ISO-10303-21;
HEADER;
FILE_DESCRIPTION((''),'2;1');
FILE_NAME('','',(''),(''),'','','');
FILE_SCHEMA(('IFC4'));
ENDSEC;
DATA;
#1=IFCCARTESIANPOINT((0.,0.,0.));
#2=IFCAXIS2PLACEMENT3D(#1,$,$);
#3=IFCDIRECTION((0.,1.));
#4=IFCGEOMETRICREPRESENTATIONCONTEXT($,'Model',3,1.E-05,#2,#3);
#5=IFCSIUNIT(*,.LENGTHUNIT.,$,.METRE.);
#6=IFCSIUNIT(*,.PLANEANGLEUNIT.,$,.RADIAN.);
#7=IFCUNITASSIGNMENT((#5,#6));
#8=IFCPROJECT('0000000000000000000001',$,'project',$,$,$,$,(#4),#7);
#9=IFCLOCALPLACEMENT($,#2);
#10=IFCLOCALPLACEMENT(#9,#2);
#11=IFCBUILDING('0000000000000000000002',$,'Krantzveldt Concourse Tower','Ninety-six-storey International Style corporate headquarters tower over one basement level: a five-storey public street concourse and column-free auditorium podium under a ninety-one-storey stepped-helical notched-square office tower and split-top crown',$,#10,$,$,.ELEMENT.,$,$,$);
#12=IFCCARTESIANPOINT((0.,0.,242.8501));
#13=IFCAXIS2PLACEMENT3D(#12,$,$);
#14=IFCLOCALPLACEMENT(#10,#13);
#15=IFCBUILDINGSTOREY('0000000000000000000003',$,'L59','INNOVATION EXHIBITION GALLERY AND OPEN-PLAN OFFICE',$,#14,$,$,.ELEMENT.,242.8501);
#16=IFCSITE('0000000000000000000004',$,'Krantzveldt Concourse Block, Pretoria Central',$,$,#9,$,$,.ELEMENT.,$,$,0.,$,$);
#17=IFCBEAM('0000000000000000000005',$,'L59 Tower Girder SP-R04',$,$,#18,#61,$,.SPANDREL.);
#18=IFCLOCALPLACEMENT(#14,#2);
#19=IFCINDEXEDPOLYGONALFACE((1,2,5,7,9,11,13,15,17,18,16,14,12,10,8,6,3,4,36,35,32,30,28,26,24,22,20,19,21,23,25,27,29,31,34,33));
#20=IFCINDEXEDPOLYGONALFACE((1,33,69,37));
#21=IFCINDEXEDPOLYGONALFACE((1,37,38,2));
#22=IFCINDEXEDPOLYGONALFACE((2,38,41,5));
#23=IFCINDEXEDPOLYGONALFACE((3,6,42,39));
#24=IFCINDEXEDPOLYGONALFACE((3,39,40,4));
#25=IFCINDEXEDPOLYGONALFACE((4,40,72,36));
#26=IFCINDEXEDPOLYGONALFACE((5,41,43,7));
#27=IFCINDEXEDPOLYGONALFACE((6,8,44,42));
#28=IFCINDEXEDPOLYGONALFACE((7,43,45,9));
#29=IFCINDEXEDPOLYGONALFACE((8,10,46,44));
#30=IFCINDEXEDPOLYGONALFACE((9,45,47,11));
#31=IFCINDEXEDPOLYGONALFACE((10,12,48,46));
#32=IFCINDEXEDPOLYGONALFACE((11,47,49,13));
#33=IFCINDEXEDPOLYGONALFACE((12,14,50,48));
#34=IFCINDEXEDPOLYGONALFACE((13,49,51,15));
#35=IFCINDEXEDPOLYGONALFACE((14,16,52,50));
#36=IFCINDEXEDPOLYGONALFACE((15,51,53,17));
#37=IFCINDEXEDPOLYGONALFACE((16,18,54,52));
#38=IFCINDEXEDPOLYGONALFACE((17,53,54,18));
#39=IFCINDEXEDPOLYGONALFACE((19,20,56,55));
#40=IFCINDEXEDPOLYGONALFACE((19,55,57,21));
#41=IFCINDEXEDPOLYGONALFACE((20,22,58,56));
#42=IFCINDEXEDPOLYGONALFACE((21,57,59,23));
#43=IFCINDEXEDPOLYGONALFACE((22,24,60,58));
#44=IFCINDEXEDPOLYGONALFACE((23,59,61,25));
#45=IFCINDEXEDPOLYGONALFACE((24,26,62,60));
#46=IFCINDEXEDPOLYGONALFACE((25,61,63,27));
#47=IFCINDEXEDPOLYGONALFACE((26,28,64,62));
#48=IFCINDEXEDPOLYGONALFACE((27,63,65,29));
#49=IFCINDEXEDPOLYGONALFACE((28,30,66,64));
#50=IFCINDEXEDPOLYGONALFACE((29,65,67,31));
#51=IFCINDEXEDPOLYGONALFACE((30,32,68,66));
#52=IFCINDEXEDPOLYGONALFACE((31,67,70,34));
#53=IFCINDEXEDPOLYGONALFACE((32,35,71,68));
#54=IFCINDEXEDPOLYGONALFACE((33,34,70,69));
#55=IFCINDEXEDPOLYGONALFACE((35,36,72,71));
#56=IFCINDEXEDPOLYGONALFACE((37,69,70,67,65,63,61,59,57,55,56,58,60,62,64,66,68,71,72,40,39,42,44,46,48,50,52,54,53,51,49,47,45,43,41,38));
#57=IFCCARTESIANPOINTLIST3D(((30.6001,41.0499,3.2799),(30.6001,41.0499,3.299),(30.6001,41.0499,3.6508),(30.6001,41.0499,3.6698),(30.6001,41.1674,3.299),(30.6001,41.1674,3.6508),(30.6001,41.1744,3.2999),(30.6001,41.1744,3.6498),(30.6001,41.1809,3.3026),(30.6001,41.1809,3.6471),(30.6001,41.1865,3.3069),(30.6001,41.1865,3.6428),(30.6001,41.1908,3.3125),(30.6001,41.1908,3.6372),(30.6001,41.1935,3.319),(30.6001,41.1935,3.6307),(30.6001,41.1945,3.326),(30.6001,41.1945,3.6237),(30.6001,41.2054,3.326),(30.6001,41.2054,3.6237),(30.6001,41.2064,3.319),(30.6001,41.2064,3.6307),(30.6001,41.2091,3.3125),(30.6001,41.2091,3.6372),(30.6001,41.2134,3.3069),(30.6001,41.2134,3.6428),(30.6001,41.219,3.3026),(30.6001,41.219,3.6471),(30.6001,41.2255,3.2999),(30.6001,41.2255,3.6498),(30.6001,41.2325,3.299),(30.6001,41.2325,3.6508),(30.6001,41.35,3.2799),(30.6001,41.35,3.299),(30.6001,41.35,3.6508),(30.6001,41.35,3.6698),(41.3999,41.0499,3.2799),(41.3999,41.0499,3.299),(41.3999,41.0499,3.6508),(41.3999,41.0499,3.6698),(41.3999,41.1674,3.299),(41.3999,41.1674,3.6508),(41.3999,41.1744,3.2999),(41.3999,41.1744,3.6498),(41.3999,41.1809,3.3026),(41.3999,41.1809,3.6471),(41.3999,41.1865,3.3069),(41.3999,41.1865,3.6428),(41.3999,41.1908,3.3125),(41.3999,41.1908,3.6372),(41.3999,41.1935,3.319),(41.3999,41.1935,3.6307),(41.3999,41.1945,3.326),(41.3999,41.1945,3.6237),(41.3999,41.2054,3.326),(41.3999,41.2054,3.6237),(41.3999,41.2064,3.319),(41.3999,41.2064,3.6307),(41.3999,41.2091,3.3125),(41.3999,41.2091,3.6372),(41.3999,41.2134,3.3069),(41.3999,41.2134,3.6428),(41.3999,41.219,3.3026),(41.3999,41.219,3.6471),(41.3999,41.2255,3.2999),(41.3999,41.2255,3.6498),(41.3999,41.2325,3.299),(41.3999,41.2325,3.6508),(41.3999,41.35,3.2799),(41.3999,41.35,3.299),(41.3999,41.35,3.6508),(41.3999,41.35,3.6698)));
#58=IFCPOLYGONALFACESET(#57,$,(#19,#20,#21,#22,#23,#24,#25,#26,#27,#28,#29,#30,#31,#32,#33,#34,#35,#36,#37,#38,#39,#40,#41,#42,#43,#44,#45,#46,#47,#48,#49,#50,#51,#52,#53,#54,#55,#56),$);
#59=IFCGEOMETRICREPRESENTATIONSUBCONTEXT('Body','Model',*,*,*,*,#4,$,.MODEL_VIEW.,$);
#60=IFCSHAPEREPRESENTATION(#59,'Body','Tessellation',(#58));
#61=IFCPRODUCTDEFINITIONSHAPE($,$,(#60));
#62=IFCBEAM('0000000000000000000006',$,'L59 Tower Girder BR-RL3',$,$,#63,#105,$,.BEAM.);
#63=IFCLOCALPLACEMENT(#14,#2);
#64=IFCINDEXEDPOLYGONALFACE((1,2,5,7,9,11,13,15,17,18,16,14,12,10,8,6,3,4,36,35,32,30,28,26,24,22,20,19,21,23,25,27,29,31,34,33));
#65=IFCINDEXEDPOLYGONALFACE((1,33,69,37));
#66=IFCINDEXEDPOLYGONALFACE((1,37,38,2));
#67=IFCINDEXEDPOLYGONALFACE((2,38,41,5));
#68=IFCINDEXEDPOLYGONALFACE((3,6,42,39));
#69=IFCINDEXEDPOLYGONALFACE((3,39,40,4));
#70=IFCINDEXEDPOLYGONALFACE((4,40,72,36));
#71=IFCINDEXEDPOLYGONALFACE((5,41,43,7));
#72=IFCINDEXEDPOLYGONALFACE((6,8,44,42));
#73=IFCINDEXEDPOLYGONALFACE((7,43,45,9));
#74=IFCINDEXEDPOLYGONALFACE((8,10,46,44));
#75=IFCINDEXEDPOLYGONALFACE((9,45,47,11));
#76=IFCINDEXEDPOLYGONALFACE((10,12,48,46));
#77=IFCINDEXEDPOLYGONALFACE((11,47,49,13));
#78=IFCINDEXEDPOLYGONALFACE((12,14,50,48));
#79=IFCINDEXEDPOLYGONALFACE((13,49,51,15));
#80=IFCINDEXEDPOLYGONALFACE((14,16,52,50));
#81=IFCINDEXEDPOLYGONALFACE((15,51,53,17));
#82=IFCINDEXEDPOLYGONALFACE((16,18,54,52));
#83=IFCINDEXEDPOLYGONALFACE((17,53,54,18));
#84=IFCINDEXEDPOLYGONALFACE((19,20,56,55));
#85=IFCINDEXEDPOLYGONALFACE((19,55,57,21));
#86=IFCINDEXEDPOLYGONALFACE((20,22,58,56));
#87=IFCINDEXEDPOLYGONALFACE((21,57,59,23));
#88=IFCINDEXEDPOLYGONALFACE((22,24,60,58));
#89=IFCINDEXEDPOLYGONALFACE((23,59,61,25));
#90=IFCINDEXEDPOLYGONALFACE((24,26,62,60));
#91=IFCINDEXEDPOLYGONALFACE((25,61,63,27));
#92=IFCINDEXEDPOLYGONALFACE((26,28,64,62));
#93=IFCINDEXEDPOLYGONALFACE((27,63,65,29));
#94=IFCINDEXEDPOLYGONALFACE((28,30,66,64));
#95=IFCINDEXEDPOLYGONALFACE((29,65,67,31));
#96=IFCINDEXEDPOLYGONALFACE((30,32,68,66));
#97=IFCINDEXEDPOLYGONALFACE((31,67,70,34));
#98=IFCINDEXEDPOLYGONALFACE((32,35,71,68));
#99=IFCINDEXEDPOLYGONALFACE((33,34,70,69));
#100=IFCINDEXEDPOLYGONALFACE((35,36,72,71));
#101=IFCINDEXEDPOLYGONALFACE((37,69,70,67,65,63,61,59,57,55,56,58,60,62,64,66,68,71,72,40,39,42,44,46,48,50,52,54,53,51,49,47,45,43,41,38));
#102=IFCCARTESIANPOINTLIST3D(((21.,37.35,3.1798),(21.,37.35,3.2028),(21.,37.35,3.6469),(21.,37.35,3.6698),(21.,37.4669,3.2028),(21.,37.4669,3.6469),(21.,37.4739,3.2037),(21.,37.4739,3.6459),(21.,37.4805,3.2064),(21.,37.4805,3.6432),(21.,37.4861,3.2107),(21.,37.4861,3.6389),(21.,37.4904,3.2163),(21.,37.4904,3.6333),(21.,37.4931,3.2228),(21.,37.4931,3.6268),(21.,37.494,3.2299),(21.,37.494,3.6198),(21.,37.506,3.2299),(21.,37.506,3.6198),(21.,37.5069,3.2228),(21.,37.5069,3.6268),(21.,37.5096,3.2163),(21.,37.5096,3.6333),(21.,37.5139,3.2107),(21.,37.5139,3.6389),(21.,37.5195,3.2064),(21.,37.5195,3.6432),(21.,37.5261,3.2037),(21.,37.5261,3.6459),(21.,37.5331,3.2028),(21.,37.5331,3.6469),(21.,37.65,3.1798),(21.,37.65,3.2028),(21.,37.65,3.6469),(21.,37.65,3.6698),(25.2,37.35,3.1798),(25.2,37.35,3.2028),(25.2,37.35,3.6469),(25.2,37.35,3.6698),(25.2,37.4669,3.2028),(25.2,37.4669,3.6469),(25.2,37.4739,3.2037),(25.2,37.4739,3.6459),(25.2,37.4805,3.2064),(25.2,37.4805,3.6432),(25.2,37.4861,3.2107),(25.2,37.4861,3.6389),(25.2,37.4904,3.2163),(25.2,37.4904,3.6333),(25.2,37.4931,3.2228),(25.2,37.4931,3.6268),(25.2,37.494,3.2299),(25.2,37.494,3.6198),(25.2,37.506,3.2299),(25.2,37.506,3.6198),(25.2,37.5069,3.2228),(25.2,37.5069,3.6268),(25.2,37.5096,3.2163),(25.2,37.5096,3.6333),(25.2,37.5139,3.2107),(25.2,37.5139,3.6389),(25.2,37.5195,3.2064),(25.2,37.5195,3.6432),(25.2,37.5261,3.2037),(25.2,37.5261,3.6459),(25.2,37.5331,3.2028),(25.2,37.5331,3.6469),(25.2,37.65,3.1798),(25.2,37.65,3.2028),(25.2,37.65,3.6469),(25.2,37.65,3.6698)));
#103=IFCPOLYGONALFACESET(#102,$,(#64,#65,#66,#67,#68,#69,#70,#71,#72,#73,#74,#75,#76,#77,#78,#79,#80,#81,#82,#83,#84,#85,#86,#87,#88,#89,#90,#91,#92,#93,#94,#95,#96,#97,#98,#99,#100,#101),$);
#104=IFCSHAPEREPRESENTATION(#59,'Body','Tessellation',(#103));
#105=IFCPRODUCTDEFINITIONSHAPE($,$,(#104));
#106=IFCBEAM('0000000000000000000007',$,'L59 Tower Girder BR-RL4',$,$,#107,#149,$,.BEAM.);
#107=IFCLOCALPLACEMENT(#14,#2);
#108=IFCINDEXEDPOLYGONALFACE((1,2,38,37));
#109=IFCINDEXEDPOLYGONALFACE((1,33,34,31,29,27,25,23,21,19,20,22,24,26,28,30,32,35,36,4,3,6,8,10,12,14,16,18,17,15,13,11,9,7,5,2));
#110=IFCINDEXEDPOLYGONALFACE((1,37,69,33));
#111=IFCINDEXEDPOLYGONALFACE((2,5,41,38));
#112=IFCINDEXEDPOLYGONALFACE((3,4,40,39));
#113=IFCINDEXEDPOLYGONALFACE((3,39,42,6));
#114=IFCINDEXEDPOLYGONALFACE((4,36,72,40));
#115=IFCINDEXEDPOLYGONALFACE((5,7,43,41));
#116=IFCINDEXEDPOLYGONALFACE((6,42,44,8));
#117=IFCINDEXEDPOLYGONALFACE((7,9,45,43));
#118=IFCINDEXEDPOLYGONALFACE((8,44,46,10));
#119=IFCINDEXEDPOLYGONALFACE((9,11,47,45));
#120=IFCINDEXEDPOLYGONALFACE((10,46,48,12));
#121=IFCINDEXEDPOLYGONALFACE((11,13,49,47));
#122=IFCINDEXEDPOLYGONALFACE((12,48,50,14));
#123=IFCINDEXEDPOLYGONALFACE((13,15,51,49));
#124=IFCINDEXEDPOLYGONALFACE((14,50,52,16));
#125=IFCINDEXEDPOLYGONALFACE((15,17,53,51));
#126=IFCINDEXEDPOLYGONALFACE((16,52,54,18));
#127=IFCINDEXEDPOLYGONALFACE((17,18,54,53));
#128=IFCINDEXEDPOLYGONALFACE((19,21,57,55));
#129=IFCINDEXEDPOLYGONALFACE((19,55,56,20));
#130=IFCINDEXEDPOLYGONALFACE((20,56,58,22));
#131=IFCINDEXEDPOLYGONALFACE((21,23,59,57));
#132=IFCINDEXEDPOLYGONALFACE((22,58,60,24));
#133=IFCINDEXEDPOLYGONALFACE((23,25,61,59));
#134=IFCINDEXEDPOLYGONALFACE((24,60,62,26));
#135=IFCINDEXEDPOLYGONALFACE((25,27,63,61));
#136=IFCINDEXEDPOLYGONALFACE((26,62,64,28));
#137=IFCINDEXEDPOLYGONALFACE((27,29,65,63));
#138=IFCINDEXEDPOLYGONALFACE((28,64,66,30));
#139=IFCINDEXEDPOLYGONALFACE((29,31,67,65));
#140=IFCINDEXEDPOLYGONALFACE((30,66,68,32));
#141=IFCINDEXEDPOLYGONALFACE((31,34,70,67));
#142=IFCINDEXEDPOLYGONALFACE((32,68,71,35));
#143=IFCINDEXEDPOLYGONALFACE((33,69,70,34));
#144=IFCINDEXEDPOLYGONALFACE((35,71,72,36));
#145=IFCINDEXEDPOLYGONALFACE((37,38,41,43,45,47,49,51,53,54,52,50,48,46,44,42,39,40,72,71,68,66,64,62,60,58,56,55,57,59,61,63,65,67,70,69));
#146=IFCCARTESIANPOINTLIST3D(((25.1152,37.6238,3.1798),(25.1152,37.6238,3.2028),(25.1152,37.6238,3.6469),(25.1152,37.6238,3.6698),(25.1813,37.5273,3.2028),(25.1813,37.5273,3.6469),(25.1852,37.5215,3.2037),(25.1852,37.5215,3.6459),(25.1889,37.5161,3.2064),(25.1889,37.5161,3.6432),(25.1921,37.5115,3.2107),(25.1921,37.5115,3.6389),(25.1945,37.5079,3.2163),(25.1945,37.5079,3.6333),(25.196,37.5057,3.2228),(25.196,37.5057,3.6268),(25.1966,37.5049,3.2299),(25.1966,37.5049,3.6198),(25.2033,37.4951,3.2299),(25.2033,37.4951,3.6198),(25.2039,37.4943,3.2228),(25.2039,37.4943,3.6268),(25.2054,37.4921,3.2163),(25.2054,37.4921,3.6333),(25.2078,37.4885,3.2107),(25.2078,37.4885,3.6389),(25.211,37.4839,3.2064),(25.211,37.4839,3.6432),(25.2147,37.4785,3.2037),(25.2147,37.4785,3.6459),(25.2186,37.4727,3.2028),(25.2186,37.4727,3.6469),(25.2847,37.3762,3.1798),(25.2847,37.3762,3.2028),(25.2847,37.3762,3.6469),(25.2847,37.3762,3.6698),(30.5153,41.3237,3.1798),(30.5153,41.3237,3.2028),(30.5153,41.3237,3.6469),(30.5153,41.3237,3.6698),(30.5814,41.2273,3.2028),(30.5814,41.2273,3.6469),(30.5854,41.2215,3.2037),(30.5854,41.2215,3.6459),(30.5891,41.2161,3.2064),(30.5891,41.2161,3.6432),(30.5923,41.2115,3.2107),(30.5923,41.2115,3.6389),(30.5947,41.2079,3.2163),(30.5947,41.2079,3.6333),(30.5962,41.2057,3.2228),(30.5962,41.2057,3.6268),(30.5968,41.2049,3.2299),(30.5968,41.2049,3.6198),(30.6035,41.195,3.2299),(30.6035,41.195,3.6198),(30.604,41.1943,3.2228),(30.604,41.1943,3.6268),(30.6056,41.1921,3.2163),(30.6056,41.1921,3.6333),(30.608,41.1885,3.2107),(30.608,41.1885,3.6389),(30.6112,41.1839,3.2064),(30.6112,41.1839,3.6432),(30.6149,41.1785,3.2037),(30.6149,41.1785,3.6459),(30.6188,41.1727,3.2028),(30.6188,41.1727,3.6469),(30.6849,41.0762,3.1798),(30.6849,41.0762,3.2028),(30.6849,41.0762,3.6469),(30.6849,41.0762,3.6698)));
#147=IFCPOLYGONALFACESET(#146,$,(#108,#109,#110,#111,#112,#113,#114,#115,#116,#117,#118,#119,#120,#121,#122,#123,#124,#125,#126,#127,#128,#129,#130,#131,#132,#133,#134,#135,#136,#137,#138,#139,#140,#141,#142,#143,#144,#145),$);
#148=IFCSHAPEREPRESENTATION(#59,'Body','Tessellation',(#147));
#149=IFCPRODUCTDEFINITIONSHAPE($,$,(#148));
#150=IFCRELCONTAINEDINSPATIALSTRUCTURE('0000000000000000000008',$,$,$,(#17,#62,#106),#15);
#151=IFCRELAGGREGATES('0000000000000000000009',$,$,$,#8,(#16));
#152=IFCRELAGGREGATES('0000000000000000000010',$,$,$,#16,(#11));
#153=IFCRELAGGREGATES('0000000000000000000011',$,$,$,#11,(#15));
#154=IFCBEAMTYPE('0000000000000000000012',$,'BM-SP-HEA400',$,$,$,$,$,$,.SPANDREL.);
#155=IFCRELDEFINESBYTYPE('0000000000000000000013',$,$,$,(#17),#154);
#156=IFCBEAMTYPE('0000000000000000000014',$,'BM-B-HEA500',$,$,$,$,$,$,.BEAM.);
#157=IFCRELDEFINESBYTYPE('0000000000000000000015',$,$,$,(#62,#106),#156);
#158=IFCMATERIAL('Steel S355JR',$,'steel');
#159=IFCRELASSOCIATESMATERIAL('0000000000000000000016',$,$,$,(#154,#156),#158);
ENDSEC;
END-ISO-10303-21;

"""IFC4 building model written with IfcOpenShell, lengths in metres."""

from ifc_helpers import new_model, si_unit, direction, frame, origin, origin_2d, place, context, subcontext, project, spatial, i_section, extrude, source, transform, mapped, material, material_profile, profile_set, type_object, type_shapes, element, save


model = new_model("IFC4")

# Units and contexts
model_context = context("Model", 3, precision=1e-05, world=origin(), true_north=direction((0.0, 1.0)))
body_context = subcontext(model_context, "Body", "Model", "MODEL_VIEW")
ifc_project = project(units=[si_unit("LENGTHUNIT", "METRE"), si_unit("PLANEANGLEUNIT", "RADIAN")], contexts=[model_context])

# Site, building, storey
site_placement = place(None, origin())
site = spatial("IfcSite", under=ifc_project, at=site_placement, Name="Krantzveldt Concourse Block, Pretoria Central", CompositionType="ELEMENT", RefElevation=0.0)
building_placement = place(site_placement, origin())
building = spatial("IfcBuilding", under=site, at=building_placement, Name="Krantzveldt Concourse Tower", Description="Ninety-six-storey International Style corporate headquarters tower over one basement level: a five-storey public street concourse and column-free auditorium podium under a ninety-one-storey stepped-helical notched-square office tower and split-top crown", CompositionType="ELEMENT")
storey_placement = place(building_placement, frame((0.0, 0.0, 242.8501)))
storey = spatial("IfcBuildingStorey", under=building, at=storey_placement, Name="L59", Description="INNOVATION EXHIBITION GALLERY AND OPEN-PLAN OFFICE", CompositionType="ELEMENT", Elevation=242.8501)

# Beams
ifc_material_1 = material(Name="Steel S355JR", Category="steel")
ifc_material_profile_1 = material_profile(ifc_material_1, i_section(OverallWidth=0.3, OverallDepth=0.3899, WebThickness=0.011, FlangeThickness=0.019, FilletRadius=0.0271, at=origin_2d()), Name="Steel S355JR", Category="steel")
ifc_profile_set_1 = profile_set([ifc_material_profile_1], Name="Steel S355JR - HEA 400")
beam_type_1 = type_object("IfcBeamType", Name="BM-SP-HEA400", PredefinedType="SPANDREL", material=ifc_profile_set_1)
shared_shape_1 = source(origin(), body_context, "Body", "SweptSolid", [
    extrude(i_section(OverallWidth=0.3, OverallDepth=0.3899, WebThickness=0.011, FlangeThickness=0.019, FilletRadius=0.0271, at=origin_2d()), origin(), (0.0, 0.0, 1.0), 10.7998),
])
beam_1_placement = place(storey_placement, frame((30.6001, 41.2, 3.4749), z_axis=(1.0, 0.0, 0.0), x_axis=(0.0, 1.0, 0.0)))
element("IfcBeam", 1, at=beam_1_placement, inside=storey, type_object=beam_type_1, Name="L59 Tower Girder SP-R04", PredefinedType="SPANDREL", context=body_context, shape_type="MappedRepresentation", body=[
    mapped(shared_shape_1, transform((0.0, 0.0, 0.0), x_axis=(1.0, 0.0, 0.0), y_axis=(0.0, 1.0, 0.0), z_axis=(0.0, 0.0, 1.0), scale=1.0)),
])
ifc_material_profile_2 = material_profile(ifc_material_1, i_section(OverallWidth=0.3, OverallDepth=0.49, WebThickness=0.012, FlangeThickness=0.0229, FilletRadius=0.0271, at=origin_2d()), Name="Steel S355JR", Category="steel")
ifc_profile_set_2 = profile_set([ifc_material_profile_2], Name="Steel S355JR - HEA 500")
beam_type_2 = type_object("IfcBeamType", Name="BM-B-HEA500", PredefinedType="BEAM", material=ifc_profile_set_2)
shared_shape_2 = source(origin(), body_context, "Body", "SweptSolid", [
    extrude(i_section(OverallWidth=0.3, OverallDepth=0.49, WebThickness=0.012, FlangeThickness=0.0229, FilletRadius=0.0271, at=origin_2d()), origin(), (0.0, 0.0, 1.0), 4.2),
])
beam_2_placement = place(storey_placement, frame((21.0, 37.5, 3.4248), z_axis=(1.0, 0.0, 0.0), x_axis=(0.0, 1.0, 0.0)))
element("IfcBeam", 2, at=beam_2_placement, inside=storey, type_object=beam_type_2, Name="L59 Tower Girder BR-RL3", PredefinedType="BEAM", context=body_context, shape_type="MappedRepresentation", body=[
    mapped(shared_shape_2, transform((0.0, 0.0, 0.0), x_axis=(1.0, 0.0, 0.0), y_axis=(0.0, 1.0, 0.0), z_axis=(0.0, 0.0, 1.0), scale=1.0)),
])
shared_shape_3 = source(origin(), body_context, "Body", "SweptSolid", [
    extrude(i_section(OverallWidth=0.3, OverallDepth=0.49, WebThickness=0.012, FlangeThickness=0.0229, FilletRadius=0.0271, at=origin_2d()), origin(), (0.0, 0.0, 1.0), 6.5461),
])
type_shapes(beam_type_2, [shared_shape_2, shared_shape_3])
beam_3_placement = place(storey_placement, frame((25.2, 37.5, 3.4248), z_axis=(0.824943, 0.565216, 0.0), x_axis=(-0.565216, 0.824943, 0.0)))
element("IfcBeam", 3, at=beam_3_placement, inside=storey, type_object=beam_type_2, Name="L59 Tower Girder BR-RL4", PredefinedType="BEAM", context=body_context, shape_type="MappedRepresentation", body=[
    mapped(shared_shape_3, transform((0.0, 0.0, 0.0), x_axis=(1.0, 0.0, 0.0), y_axis=(0.0, 1.0, 0.0), z_axis=(0.0, 0.0, 1.0), scale=1.0)),
])

save(model, "model.ifc")
